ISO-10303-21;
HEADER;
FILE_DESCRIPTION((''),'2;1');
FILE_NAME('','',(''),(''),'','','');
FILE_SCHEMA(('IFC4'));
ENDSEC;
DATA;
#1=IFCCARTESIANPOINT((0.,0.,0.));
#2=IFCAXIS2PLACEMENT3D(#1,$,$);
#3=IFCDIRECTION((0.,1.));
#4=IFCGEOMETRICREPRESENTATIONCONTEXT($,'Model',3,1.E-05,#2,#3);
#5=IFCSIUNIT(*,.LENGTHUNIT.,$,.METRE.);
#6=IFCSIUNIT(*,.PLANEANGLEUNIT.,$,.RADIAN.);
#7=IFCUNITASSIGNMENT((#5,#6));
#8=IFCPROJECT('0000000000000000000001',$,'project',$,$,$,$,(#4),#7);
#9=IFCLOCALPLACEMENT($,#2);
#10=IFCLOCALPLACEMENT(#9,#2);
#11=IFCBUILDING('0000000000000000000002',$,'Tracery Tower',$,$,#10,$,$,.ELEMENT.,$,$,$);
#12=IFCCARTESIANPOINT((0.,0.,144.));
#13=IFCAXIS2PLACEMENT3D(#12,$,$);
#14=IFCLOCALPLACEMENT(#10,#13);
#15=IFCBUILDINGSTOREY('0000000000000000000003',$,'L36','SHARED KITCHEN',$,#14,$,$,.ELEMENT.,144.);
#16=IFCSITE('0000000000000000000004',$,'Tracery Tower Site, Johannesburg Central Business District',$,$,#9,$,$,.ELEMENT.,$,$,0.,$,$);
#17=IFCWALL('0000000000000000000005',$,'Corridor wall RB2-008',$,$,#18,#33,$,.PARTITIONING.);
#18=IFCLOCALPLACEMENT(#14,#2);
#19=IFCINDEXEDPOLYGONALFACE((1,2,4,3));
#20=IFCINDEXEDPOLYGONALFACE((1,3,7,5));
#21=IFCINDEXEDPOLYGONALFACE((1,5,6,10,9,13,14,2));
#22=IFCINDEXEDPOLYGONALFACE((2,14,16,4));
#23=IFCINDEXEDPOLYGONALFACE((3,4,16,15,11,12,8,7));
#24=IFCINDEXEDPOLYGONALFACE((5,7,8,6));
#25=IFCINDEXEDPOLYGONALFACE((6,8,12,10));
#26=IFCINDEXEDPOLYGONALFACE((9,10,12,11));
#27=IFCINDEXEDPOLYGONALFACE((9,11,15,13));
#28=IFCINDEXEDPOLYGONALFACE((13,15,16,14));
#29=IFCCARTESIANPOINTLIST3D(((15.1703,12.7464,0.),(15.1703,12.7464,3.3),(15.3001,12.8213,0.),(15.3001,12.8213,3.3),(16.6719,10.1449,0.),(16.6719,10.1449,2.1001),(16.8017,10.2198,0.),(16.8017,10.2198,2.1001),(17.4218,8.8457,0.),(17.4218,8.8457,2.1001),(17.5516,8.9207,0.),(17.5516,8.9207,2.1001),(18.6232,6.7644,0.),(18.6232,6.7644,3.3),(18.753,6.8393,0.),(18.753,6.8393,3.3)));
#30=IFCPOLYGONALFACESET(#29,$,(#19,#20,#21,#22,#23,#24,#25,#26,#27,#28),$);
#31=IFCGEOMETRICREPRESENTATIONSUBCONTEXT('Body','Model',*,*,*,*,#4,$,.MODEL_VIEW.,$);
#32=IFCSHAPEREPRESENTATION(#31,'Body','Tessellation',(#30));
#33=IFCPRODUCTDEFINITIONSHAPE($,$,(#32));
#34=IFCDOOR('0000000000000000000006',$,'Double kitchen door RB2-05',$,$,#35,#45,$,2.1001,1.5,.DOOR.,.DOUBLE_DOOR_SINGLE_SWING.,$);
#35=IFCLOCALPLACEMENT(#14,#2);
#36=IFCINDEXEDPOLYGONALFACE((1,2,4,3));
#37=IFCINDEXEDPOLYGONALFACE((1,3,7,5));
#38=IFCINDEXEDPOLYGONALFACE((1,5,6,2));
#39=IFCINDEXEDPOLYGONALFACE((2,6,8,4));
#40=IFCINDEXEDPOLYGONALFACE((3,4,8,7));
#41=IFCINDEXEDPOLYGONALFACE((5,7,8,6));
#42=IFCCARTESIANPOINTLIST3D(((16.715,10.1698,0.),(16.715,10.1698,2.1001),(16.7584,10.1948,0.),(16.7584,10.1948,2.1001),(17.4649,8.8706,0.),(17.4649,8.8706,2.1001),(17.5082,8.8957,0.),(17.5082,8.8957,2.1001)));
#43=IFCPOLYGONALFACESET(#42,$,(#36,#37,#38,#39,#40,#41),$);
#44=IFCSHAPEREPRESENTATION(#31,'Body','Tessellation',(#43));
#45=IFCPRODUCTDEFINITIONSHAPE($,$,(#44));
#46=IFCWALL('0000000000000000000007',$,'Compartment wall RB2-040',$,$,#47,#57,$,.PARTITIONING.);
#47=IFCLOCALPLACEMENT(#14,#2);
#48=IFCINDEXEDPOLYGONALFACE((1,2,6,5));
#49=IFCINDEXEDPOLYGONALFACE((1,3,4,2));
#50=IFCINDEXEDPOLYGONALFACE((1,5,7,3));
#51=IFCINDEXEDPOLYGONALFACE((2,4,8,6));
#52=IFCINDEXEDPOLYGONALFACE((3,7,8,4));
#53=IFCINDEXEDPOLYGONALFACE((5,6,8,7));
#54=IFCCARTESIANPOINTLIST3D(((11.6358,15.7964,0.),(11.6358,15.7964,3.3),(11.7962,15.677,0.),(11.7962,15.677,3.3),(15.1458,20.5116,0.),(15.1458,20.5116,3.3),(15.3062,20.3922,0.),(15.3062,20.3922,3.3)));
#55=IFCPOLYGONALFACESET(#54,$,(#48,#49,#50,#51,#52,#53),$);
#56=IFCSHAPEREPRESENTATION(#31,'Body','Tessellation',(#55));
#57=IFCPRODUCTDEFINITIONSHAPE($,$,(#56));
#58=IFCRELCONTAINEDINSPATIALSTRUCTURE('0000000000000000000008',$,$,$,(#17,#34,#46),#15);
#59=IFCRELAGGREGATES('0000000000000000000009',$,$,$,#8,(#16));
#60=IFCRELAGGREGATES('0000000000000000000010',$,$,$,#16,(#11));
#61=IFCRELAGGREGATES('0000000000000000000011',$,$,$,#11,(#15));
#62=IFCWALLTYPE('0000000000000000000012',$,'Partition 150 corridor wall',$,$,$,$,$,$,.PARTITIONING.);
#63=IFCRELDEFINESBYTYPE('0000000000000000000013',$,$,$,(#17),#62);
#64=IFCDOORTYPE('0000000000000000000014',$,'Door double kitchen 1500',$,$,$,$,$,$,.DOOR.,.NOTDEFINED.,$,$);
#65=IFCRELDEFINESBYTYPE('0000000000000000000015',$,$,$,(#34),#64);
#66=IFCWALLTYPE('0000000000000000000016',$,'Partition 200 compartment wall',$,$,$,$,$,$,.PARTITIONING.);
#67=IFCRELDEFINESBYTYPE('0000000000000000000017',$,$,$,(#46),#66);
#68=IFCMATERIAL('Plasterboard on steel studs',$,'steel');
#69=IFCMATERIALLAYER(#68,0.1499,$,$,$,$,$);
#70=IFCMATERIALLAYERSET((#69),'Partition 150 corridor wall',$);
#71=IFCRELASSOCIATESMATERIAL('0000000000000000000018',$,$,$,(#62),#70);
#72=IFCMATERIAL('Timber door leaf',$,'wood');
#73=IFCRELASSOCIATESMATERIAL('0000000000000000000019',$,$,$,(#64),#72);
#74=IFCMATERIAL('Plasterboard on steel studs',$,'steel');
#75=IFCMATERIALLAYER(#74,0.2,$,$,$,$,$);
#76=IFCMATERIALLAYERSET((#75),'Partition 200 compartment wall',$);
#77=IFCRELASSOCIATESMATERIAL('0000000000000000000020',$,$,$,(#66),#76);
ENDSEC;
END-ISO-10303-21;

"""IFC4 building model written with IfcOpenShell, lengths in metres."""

from ifc_helpers import new_model, si_unit, direction, frame, frame_2d, origin, place, context, subcontext, project, spatial, rectangle, extrude, material, layer, layer_set, type_object, element, fill, save


model = new_model("IFC4")

# Units and contexts
model_context = context("Model", 3, precision=1e-05, world=origin(), true_north=direction((0.0, 1.0)))
body_context = subcontext(model_context, "Body", "Model", "MODEL_VIEW")
ifc_project = project(units=[si_unit("LENGTHUNIT", "METRE"), si_unit("PLANEANGLEUNIT", "RADIAN")], contexts=[model_context])

# Site, building, storey
site_placement = place(None, origin())
site = spatial("IfcSite", under=ifc_project, at=site_placement, Name="Tracery Tower Site, Johannesburg Central Business District", CompositionType="ELEMENT", RefElevation=0.0)
building_placement = place(site_placement, origin())
building = spatial("IfcBuilding", under=site, at=building_placement, Name="Tracery Tower", CompositionType="ELEMENT")
storey_placement = place(building_placement, frame((0.0, 0.0, 144.0)))
storey = spatial("IfcBuildingStorey", under=building, at=storey_placement, Name="L36", Description="SHARED KITCHEN", CompositionType="ELEMENT", Elevation=144.0)

# Shared definitions
ifc_material_1 = material(Name="Plasterboard on steel studs", Category="steel")
ifc_layer_1 = layer(ifc_material_1, 0.1499)
ifc_layer_set_1 = layer_set([ifc_layer_1], Name="Partition 150 corridor wall")
wall_type_1 = type_object("IfcWallType", Name="Partition 150 corridor wall", PredefinedType="PARTITIONING", material=ifc_layer_set_1)

# Wall, opening, door
wall_1_placement = place(storey_placement, frame((15.2351, 12.7839, 0.0), z_axis=(0.0, 0.0, 1.0), x_axis=(0.499914, -0.866075, 0.0)))
wall_1 = element("IfcWall", 1, at=wall_1_placement, inside=storey, type_object=wall_type_1, Name="Corridor wall RB2-008", PredefinedType="PARTITIONING", context=body_context, shape_type="SweptSolid", body=[
    extrude(rectangle(XDim=6.907, YDim=0.1499, at=frame_2d((3.4536, 0.0))), origin(), (0.0, 0.0, 1.0), 3.3),
])
opening_1_placement = place(wall_1_placement, frame((3.0039, 0.0, 0.0)))
opening_1 = element("IfcOpeningElement", 2, at=opening_1_placement, cuts=wall_1, PredefinedType="OPENING", context=body_context, shape_type="SweptSolid", body=[
    extrude(rectangle(XDim=1.5, YDim=2.1001, at=frame_2d((0.75, 1.05))), frame((0.0, 0.075, 0.0), z_axis=(0.0, -1.0, 0.0), x_axis=(1.0, 0.0, 0.0)), (0.0, 0.0, 1.0), 0.1499),
])
ifc_material_2 = material(Name="Timber door leaf", Category="wood")
door_type_1 = type_object("IfcDoorType", Name="Door double kitchen 1500", OperationType="NOTDEFINED", PredefinedType="DOOR", material=ifc_material_2)
door_1_placement = place(opening_1_placement, origin())
door_1 = element("IfcDoor", 3, at=door_1_placement, inside=storey, type_object=door_type_1, Name="Double kitchen door RB2-05", OperationType="DOUBLE_DOOR_SINGLE_SWING", OverallHeight=2.1001, OverallWidth=1.5, PredefinedType="DOOR", context=body_context, shape_type="SweptSolid", body=[
    extrude(rectangle(XDim=1.5, YDim=2.1001, at=frame_2d((0.75, 1.05))), frame((0.0, 0.0249, 0.0), z_axis=(0.0, -1.0, 0.0), x_axis=(1.0, 0.0, 0.0)), (0.0, 0.0, 1.0), 0.05),
])
fill(opening_1, door_1)

# Wall
ifc_material_3 = material(Name="Plasterboard on steel studs", Category="steel")
ifc_layer_2 = layer(ifc_material_3, 0.2)
ifc_layer_set_2 = layer_set([ifc_layer_2], Name="Partition 200 compartment wall")
wall_type_2 = type_object("IfcWallType", Name="Partition 200 compartment wall", PredefinedType="PARTITIONING", material=ifc_layer_set_2)
wall_2_placement = place(storey_placement, frame((11.7161, 15.7368, 0.0), z_axis=(0.0, 0.0, 1.0), x_axis=(0.597132, 0.802143, 0.0)))
element("IfcWall", 4, at=wall_2_placement, inside=storey, type_object=wall_type_2, Name="Compartment wall RB2-040", PredefinedType="PARTITIONING", context=body_context, shape_type="SweptSolid", body=[
    extrude(rectangle(XDim=5.8782, YDim=0.2, at=frame_2d((2.939, 0.0))), origin(), (0.0, 0.0, 1.0), 3.3),
])

save(model, "model.ifc")
